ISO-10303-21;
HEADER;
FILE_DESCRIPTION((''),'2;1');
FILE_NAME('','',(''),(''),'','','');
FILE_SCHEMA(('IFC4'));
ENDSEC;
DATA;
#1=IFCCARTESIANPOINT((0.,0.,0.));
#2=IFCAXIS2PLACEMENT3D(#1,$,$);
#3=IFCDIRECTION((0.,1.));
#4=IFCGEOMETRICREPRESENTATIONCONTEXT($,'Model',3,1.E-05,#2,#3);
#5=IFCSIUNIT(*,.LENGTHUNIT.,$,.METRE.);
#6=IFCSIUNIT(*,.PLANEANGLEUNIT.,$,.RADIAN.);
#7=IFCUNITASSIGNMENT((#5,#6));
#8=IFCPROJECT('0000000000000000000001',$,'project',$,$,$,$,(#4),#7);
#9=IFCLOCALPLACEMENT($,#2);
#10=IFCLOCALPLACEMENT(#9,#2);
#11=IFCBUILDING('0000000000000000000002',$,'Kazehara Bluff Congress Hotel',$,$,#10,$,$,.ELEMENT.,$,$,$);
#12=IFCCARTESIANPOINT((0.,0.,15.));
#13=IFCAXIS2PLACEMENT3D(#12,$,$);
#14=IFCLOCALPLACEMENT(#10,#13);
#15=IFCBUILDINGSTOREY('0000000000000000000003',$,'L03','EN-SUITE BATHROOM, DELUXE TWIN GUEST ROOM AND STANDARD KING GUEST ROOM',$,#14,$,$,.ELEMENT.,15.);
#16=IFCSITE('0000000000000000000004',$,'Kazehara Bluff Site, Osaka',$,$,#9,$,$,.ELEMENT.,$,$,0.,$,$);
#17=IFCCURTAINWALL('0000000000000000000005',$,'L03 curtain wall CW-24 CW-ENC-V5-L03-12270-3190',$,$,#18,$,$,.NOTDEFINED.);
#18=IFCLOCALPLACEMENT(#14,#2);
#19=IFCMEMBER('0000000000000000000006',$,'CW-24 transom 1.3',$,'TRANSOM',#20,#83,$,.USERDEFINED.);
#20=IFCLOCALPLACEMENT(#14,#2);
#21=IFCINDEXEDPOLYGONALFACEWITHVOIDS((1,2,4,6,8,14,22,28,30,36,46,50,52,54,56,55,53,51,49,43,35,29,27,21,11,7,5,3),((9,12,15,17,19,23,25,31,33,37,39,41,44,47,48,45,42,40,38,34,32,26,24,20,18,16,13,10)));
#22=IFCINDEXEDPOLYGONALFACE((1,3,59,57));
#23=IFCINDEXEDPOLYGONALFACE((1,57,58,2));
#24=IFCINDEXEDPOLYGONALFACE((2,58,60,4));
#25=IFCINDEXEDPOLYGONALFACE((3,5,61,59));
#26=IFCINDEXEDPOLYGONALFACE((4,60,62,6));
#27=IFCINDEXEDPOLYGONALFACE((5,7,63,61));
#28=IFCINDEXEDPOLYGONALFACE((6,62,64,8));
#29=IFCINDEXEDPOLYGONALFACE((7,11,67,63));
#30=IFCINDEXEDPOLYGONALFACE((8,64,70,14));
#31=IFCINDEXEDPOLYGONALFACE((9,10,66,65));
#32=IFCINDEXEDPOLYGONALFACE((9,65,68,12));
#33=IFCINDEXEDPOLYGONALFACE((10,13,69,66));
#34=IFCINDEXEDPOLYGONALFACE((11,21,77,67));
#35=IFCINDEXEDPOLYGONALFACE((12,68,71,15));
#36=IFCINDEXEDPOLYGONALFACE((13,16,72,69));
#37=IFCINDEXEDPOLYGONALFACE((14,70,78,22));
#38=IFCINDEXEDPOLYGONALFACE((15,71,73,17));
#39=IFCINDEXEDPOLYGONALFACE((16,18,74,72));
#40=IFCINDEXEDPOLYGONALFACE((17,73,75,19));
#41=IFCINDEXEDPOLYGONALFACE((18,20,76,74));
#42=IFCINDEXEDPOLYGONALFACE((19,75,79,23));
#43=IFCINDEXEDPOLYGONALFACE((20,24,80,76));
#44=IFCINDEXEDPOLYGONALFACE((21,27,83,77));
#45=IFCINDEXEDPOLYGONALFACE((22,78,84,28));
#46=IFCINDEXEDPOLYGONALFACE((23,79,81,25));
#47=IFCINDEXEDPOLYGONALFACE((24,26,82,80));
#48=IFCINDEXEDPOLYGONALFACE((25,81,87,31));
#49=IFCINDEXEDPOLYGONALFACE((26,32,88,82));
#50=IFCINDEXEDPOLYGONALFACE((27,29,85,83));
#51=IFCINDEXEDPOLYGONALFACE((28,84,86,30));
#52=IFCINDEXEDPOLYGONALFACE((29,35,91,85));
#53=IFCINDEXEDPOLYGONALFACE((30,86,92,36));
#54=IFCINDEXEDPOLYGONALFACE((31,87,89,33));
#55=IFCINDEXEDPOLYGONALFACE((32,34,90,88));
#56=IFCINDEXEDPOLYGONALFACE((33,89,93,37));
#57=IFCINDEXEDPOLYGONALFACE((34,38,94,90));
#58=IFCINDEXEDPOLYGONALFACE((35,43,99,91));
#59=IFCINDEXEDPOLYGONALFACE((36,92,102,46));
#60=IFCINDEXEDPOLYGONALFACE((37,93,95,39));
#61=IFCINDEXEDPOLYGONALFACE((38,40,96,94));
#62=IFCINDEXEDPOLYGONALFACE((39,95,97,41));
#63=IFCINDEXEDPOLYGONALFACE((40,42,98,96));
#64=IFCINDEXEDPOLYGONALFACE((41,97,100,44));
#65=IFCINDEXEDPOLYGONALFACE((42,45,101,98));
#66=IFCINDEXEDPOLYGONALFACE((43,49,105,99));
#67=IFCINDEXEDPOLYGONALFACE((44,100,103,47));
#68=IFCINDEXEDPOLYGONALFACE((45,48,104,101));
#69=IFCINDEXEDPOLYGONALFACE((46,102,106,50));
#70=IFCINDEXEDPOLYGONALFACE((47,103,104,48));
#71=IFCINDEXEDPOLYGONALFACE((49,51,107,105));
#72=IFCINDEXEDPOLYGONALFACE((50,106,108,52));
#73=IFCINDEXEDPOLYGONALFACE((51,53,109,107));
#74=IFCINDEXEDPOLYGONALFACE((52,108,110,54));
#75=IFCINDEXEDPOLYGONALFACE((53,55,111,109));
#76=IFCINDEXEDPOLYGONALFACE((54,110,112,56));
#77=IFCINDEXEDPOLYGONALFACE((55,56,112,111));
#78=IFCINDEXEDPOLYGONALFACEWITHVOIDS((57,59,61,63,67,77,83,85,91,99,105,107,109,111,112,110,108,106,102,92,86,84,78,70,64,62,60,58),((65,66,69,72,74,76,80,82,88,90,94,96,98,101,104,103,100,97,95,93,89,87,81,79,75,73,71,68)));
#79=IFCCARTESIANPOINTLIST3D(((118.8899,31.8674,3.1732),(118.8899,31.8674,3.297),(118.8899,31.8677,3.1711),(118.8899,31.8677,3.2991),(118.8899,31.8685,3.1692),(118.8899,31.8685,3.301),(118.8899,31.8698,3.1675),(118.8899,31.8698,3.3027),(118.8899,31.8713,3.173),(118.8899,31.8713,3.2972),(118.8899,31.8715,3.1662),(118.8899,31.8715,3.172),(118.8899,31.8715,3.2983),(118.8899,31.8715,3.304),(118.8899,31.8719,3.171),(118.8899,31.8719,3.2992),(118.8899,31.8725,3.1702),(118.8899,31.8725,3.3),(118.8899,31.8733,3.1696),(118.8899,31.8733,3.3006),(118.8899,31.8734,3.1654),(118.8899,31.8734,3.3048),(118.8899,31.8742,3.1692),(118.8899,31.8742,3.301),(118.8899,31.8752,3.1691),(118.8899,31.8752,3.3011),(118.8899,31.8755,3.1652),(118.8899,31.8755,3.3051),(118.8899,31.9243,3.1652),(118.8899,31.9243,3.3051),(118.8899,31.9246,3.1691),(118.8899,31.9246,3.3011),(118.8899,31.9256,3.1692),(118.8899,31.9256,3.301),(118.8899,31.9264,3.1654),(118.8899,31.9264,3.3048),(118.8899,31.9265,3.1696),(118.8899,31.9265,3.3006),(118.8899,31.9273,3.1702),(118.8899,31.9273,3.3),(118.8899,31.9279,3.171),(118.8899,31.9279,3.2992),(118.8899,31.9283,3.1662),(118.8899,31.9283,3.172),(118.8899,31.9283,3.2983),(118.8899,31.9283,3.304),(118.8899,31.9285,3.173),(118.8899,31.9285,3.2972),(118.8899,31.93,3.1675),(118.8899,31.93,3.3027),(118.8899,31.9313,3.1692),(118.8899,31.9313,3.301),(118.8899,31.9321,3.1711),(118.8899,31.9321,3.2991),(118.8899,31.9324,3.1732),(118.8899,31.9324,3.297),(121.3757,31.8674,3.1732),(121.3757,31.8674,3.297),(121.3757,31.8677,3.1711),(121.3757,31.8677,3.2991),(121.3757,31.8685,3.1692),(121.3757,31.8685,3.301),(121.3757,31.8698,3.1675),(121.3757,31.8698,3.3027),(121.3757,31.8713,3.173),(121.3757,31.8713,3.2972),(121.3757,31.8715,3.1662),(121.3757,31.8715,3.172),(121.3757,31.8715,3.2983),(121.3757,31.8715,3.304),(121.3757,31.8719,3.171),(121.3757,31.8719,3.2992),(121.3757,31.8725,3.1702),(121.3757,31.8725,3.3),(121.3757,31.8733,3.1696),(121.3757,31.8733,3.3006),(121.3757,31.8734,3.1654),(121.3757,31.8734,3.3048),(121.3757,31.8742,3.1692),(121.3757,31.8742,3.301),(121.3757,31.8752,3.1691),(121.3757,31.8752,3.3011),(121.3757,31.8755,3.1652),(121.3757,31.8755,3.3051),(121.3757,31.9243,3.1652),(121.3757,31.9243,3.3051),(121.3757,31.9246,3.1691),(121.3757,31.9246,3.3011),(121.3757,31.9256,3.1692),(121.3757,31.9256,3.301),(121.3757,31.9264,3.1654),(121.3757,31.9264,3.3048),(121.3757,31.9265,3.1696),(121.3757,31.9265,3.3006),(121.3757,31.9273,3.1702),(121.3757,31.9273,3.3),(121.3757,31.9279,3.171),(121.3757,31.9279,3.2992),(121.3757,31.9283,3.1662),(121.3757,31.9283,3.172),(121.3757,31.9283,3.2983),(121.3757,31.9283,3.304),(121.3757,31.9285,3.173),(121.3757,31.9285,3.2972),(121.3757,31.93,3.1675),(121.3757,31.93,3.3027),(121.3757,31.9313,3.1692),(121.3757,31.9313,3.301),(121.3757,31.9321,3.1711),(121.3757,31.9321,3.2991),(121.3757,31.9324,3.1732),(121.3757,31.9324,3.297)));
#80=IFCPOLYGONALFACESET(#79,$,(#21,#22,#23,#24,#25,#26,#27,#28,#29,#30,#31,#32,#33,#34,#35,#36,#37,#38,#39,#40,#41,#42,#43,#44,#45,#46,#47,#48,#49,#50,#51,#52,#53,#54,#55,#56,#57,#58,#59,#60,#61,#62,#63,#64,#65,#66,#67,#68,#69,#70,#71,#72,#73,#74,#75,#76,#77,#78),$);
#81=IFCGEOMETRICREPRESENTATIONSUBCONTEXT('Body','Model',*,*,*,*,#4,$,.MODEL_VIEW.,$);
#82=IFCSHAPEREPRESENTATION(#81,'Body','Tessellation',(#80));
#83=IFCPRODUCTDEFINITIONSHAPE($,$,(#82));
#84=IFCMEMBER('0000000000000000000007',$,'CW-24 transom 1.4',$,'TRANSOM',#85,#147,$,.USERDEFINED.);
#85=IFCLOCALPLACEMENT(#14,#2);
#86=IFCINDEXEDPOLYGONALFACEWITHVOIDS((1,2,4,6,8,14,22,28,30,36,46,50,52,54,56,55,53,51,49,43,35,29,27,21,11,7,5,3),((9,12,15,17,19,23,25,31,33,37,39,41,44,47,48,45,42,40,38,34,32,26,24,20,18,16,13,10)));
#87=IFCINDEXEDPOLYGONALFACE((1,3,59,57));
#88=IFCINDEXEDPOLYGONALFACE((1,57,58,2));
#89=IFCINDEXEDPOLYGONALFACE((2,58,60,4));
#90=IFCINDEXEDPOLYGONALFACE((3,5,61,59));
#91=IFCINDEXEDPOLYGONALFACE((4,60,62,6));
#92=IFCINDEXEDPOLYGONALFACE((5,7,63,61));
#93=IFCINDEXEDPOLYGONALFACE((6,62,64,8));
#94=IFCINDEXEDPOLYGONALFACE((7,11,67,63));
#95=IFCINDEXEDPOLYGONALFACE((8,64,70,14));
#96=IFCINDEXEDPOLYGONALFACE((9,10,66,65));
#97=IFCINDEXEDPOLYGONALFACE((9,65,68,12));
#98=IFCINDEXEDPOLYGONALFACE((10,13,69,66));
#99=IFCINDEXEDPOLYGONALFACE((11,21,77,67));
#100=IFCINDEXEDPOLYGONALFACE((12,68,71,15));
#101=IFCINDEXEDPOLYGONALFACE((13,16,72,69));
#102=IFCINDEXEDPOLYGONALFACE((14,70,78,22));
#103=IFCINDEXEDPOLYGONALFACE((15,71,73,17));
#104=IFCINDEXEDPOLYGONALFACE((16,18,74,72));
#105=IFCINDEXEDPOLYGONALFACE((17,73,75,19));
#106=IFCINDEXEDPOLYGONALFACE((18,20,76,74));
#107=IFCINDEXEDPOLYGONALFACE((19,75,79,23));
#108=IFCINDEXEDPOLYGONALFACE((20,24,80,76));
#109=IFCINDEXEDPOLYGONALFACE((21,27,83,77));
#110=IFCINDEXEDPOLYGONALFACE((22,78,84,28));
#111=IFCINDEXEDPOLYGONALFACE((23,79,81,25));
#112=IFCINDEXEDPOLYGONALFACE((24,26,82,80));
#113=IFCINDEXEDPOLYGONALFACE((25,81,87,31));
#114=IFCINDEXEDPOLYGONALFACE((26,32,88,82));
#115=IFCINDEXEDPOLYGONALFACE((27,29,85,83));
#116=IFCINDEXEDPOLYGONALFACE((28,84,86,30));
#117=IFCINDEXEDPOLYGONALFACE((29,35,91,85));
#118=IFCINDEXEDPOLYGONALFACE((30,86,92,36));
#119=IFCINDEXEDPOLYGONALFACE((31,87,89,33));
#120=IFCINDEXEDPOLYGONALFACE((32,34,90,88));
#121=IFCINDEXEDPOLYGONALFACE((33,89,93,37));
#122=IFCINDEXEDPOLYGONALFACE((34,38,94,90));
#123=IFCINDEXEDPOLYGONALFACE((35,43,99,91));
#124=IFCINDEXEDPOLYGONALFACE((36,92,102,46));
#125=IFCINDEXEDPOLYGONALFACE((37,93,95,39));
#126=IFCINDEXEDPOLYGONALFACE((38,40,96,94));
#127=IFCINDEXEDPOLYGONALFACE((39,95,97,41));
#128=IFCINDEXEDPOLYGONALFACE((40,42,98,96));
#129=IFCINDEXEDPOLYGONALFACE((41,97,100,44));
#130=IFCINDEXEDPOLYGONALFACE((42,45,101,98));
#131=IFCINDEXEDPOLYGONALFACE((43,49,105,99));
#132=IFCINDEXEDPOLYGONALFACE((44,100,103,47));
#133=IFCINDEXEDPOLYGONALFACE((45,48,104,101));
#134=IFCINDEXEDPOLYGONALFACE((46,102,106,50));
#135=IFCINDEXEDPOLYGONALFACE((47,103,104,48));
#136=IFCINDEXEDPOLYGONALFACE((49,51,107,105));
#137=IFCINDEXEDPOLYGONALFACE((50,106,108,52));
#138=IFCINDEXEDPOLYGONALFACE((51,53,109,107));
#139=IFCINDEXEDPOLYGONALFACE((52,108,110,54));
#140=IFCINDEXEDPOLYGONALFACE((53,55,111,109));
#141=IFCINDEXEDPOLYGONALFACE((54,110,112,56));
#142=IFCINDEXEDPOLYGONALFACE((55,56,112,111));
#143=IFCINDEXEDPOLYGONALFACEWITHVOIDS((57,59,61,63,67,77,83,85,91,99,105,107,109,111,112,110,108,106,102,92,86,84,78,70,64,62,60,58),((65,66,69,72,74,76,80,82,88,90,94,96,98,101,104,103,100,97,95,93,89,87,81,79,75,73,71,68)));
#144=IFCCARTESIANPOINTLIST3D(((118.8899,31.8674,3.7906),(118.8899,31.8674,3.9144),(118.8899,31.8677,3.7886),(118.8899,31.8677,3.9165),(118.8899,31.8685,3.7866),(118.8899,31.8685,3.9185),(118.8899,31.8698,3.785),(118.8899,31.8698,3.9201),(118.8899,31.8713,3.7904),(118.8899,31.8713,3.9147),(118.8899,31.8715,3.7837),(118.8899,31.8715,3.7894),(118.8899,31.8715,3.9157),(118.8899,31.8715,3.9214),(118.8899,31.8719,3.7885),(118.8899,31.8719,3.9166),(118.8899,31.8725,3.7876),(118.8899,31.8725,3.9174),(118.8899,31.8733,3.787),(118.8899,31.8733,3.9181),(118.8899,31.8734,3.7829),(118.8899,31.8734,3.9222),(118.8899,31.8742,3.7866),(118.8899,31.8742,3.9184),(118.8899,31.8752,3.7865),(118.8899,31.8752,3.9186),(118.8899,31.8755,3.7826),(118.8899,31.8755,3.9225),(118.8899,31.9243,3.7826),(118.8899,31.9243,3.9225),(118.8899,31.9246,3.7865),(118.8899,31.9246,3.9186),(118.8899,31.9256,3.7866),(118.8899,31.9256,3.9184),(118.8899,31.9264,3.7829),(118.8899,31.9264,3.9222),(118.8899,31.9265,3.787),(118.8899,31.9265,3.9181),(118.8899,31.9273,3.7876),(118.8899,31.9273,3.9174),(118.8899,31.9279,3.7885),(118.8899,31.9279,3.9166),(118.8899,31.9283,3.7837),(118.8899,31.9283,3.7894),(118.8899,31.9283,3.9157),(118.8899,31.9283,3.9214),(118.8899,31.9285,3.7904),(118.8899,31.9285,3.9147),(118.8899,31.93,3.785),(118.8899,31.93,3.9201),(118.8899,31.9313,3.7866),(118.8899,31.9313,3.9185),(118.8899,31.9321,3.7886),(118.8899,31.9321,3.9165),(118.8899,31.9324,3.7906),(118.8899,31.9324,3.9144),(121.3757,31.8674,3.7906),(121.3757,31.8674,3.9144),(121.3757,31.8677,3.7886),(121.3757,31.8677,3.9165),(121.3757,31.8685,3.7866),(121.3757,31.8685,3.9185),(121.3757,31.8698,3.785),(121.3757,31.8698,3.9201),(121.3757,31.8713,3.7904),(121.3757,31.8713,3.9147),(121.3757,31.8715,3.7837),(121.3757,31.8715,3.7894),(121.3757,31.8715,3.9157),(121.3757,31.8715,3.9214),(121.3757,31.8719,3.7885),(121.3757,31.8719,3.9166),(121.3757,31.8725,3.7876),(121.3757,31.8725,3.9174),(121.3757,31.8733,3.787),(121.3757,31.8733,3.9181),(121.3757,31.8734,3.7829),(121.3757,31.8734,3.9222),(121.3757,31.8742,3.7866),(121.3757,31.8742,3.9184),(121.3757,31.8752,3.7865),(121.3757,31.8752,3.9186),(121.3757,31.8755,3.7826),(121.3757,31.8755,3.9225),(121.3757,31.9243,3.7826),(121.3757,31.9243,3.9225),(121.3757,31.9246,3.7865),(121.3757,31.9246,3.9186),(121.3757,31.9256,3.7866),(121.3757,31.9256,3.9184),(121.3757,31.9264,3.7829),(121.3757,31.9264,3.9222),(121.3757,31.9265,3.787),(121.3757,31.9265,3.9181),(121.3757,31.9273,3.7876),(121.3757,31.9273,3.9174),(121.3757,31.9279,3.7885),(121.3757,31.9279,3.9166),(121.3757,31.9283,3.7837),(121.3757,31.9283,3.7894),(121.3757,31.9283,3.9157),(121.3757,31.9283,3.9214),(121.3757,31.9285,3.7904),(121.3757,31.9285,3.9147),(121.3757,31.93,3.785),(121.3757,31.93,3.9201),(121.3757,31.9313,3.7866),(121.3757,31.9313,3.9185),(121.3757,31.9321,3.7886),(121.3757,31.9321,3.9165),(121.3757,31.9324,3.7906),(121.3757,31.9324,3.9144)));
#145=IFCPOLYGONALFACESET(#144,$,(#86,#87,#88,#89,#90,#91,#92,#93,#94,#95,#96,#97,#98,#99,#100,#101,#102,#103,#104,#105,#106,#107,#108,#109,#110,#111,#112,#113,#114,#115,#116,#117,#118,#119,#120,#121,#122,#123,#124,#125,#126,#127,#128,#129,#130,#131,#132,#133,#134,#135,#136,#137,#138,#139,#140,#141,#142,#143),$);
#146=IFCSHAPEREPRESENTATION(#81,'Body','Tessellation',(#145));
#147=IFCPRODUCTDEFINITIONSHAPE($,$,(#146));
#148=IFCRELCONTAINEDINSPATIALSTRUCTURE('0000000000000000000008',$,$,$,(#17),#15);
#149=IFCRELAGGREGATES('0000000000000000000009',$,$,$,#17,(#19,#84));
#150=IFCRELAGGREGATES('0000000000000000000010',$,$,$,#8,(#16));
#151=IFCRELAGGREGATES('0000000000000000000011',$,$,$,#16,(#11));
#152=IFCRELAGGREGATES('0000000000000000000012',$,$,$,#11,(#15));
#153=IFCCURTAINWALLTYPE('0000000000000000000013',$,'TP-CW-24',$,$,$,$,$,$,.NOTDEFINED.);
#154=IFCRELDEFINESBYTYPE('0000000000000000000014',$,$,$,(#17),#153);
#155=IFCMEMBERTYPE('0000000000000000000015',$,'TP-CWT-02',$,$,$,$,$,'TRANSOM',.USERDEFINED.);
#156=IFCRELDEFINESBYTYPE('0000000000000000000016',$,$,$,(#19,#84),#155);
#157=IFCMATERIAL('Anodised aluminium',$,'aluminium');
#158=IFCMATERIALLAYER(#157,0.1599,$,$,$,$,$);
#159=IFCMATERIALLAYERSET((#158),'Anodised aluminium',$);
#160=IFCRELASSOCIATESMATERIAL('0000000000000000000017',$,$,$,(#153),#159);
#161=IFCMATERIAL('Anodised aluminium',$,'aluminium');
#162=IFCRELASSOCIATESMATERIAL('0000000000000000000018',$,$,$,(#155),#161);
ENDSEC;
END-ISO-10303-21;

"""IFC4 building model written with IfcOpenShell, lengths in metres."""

from ifc_helpers import new_model, si_unit, direction, frame, origin, origin_2d, place, context, subcontext, project, spatial, hollow_rectangle, extrude, material, layer, layer_set, material_profile, profile_set, type_object, element, aggregate, save


model = new_model("IFC4")

# Units and contexts
model_context = context("Model", 3, precision=1e-05, world=origin(), true_north=direction((0.0, 1.0)))
body_context = subcontext(model_context, "Body", "Model", "MODEL_VIEW")
ifc_project = project(units=[si_unit("LENGTHUNIT", "METRE"), si_unit("PLANEANGLEUNIT", "RADIAN")], contexts=[model_context])

# Site, building, storey
site_placement = place(None, origin())
site = spatial("IfcSite", under=ifc_project, at=site_placement, Name="Kazehara Bluff Site, Osaka", CompositionType="ELEMENT", RefElevation=0.0)
building_placement = place(site_placement, origin())
building = spatial("IfcBuilding", under=site, at=building_placement, Name="Kazehara Bluff Congress Hotel", CompositionType="ELEMENT")
storey_placement = place(building_placement, frame((0.0, 0.0, 15.0)))
storey = spatial("IfcBuildingStorey", under=building, at=storey_placement, Name="L03", Description="EN-SUITE BATHROOM, DELUXE TWIN GUEST ROOM AND STANDARD KING GUEST ROOM", CompositionType="ELEMENT", Elevation=15.0)

# Curtain wall
ifc_material_1 = material(Name="Anodised aluminium", Category="aluminium")
ifc_layer_1 = layer(ifc_material_1, 0.1599)
ifc_layer_set_1 = layer_set([ifc_layer_1], Name="Anodised aluminium")
curtain_wall_type_1 = type_object("IfcCurtainWallType", Name="TP-CW-24", PredefinedType="NOTDEFINED", material=ifc_layer_set_1)
curtain_wall_1_placement = place(storey_placement, origin())
curtain_wall_1 = element("IfcCurtainWall", 1, at=curtain_wall_1_placement, inside=storey, type_object=curtain_wall_type_1, Name="L03 curtain wall CW-24 CW-ENC-V5-L03-12270-3190", PredefinedType="NOTDEFINED")

# Members
ifc_material_2 = material(Name="Anodised aluminium", Category="aluminium")
ifc_material_profile_1 = material_profile(ifc_material_2, hollow_rectangle(XDim=0.0649, YDim=0.1399, WallThickness=0.0039, InnerFilletRadius=0.0039, OuterFilletRadius=0.0081, at=origin_2d()))
ifc_profile_set_1 = profile_set([ifc_material_profile_1], Name="Anodised aluminium")
member_type_1 = type_object("IfcMemberType", Name="TP-CWT-02", ElementType="TRANSOM", PredefinedType="USERDEFINED", material=ifc_profile_set_1)
member_1_placement = place(storey_placement, frame((118.8899, 31.8999, 3.2351), z_axis=(1.0, 0.0, 0.0), x_axis=(0.0, 1.0, 0.0)))
member_1 = element("IfcMember", 2, at=member_1_placement, type_object=member_type_1, Name="CW-24 transom 1.3", ObjectType="TRANSOM", PredefinedType="USERDEFINED", context=body_context, shape_type="SweptSolid", body=[
    extrude(hollow_rectangle(XDim=0.0649, YDim=0.1399, WallThickness=0.0039, InnerFilletRadius=0.0039, OuterFilletRadius=0.0081, at=origin_2d()), origin(), (0.0, 0.0, 1.0), 2.4858),
])
member_2_placement = place(storey_placement, frame((118.8899, 31.8999, 3.8525), z_axis=(1.0, 0.0, 0.0), x_axis=(0.0, 1.0, 0.0)))
member_2 = element("IfcMember", 3, at=member_2_placement, type_object=member_type_1, Name="CW-24 transom 1.4", ObjectType="TRANSOM", PredefinedType="USERDEFINED", context=body_context, shape_type="SweptSolid", body=[
    extrude(hollow_rectangle(XDim=0.0649, YDim=0.1399, WallThickness=0.0039, InnerFilletRadius=0.0039, OuterFilletRadius=0.0081, at=origin_2d()), origin(), (0.0, 0.0, 1.0), 2.4858),
])

aggregate(curtain_wall_1, [member_1, member_2])

save(model, "model.ifc")
